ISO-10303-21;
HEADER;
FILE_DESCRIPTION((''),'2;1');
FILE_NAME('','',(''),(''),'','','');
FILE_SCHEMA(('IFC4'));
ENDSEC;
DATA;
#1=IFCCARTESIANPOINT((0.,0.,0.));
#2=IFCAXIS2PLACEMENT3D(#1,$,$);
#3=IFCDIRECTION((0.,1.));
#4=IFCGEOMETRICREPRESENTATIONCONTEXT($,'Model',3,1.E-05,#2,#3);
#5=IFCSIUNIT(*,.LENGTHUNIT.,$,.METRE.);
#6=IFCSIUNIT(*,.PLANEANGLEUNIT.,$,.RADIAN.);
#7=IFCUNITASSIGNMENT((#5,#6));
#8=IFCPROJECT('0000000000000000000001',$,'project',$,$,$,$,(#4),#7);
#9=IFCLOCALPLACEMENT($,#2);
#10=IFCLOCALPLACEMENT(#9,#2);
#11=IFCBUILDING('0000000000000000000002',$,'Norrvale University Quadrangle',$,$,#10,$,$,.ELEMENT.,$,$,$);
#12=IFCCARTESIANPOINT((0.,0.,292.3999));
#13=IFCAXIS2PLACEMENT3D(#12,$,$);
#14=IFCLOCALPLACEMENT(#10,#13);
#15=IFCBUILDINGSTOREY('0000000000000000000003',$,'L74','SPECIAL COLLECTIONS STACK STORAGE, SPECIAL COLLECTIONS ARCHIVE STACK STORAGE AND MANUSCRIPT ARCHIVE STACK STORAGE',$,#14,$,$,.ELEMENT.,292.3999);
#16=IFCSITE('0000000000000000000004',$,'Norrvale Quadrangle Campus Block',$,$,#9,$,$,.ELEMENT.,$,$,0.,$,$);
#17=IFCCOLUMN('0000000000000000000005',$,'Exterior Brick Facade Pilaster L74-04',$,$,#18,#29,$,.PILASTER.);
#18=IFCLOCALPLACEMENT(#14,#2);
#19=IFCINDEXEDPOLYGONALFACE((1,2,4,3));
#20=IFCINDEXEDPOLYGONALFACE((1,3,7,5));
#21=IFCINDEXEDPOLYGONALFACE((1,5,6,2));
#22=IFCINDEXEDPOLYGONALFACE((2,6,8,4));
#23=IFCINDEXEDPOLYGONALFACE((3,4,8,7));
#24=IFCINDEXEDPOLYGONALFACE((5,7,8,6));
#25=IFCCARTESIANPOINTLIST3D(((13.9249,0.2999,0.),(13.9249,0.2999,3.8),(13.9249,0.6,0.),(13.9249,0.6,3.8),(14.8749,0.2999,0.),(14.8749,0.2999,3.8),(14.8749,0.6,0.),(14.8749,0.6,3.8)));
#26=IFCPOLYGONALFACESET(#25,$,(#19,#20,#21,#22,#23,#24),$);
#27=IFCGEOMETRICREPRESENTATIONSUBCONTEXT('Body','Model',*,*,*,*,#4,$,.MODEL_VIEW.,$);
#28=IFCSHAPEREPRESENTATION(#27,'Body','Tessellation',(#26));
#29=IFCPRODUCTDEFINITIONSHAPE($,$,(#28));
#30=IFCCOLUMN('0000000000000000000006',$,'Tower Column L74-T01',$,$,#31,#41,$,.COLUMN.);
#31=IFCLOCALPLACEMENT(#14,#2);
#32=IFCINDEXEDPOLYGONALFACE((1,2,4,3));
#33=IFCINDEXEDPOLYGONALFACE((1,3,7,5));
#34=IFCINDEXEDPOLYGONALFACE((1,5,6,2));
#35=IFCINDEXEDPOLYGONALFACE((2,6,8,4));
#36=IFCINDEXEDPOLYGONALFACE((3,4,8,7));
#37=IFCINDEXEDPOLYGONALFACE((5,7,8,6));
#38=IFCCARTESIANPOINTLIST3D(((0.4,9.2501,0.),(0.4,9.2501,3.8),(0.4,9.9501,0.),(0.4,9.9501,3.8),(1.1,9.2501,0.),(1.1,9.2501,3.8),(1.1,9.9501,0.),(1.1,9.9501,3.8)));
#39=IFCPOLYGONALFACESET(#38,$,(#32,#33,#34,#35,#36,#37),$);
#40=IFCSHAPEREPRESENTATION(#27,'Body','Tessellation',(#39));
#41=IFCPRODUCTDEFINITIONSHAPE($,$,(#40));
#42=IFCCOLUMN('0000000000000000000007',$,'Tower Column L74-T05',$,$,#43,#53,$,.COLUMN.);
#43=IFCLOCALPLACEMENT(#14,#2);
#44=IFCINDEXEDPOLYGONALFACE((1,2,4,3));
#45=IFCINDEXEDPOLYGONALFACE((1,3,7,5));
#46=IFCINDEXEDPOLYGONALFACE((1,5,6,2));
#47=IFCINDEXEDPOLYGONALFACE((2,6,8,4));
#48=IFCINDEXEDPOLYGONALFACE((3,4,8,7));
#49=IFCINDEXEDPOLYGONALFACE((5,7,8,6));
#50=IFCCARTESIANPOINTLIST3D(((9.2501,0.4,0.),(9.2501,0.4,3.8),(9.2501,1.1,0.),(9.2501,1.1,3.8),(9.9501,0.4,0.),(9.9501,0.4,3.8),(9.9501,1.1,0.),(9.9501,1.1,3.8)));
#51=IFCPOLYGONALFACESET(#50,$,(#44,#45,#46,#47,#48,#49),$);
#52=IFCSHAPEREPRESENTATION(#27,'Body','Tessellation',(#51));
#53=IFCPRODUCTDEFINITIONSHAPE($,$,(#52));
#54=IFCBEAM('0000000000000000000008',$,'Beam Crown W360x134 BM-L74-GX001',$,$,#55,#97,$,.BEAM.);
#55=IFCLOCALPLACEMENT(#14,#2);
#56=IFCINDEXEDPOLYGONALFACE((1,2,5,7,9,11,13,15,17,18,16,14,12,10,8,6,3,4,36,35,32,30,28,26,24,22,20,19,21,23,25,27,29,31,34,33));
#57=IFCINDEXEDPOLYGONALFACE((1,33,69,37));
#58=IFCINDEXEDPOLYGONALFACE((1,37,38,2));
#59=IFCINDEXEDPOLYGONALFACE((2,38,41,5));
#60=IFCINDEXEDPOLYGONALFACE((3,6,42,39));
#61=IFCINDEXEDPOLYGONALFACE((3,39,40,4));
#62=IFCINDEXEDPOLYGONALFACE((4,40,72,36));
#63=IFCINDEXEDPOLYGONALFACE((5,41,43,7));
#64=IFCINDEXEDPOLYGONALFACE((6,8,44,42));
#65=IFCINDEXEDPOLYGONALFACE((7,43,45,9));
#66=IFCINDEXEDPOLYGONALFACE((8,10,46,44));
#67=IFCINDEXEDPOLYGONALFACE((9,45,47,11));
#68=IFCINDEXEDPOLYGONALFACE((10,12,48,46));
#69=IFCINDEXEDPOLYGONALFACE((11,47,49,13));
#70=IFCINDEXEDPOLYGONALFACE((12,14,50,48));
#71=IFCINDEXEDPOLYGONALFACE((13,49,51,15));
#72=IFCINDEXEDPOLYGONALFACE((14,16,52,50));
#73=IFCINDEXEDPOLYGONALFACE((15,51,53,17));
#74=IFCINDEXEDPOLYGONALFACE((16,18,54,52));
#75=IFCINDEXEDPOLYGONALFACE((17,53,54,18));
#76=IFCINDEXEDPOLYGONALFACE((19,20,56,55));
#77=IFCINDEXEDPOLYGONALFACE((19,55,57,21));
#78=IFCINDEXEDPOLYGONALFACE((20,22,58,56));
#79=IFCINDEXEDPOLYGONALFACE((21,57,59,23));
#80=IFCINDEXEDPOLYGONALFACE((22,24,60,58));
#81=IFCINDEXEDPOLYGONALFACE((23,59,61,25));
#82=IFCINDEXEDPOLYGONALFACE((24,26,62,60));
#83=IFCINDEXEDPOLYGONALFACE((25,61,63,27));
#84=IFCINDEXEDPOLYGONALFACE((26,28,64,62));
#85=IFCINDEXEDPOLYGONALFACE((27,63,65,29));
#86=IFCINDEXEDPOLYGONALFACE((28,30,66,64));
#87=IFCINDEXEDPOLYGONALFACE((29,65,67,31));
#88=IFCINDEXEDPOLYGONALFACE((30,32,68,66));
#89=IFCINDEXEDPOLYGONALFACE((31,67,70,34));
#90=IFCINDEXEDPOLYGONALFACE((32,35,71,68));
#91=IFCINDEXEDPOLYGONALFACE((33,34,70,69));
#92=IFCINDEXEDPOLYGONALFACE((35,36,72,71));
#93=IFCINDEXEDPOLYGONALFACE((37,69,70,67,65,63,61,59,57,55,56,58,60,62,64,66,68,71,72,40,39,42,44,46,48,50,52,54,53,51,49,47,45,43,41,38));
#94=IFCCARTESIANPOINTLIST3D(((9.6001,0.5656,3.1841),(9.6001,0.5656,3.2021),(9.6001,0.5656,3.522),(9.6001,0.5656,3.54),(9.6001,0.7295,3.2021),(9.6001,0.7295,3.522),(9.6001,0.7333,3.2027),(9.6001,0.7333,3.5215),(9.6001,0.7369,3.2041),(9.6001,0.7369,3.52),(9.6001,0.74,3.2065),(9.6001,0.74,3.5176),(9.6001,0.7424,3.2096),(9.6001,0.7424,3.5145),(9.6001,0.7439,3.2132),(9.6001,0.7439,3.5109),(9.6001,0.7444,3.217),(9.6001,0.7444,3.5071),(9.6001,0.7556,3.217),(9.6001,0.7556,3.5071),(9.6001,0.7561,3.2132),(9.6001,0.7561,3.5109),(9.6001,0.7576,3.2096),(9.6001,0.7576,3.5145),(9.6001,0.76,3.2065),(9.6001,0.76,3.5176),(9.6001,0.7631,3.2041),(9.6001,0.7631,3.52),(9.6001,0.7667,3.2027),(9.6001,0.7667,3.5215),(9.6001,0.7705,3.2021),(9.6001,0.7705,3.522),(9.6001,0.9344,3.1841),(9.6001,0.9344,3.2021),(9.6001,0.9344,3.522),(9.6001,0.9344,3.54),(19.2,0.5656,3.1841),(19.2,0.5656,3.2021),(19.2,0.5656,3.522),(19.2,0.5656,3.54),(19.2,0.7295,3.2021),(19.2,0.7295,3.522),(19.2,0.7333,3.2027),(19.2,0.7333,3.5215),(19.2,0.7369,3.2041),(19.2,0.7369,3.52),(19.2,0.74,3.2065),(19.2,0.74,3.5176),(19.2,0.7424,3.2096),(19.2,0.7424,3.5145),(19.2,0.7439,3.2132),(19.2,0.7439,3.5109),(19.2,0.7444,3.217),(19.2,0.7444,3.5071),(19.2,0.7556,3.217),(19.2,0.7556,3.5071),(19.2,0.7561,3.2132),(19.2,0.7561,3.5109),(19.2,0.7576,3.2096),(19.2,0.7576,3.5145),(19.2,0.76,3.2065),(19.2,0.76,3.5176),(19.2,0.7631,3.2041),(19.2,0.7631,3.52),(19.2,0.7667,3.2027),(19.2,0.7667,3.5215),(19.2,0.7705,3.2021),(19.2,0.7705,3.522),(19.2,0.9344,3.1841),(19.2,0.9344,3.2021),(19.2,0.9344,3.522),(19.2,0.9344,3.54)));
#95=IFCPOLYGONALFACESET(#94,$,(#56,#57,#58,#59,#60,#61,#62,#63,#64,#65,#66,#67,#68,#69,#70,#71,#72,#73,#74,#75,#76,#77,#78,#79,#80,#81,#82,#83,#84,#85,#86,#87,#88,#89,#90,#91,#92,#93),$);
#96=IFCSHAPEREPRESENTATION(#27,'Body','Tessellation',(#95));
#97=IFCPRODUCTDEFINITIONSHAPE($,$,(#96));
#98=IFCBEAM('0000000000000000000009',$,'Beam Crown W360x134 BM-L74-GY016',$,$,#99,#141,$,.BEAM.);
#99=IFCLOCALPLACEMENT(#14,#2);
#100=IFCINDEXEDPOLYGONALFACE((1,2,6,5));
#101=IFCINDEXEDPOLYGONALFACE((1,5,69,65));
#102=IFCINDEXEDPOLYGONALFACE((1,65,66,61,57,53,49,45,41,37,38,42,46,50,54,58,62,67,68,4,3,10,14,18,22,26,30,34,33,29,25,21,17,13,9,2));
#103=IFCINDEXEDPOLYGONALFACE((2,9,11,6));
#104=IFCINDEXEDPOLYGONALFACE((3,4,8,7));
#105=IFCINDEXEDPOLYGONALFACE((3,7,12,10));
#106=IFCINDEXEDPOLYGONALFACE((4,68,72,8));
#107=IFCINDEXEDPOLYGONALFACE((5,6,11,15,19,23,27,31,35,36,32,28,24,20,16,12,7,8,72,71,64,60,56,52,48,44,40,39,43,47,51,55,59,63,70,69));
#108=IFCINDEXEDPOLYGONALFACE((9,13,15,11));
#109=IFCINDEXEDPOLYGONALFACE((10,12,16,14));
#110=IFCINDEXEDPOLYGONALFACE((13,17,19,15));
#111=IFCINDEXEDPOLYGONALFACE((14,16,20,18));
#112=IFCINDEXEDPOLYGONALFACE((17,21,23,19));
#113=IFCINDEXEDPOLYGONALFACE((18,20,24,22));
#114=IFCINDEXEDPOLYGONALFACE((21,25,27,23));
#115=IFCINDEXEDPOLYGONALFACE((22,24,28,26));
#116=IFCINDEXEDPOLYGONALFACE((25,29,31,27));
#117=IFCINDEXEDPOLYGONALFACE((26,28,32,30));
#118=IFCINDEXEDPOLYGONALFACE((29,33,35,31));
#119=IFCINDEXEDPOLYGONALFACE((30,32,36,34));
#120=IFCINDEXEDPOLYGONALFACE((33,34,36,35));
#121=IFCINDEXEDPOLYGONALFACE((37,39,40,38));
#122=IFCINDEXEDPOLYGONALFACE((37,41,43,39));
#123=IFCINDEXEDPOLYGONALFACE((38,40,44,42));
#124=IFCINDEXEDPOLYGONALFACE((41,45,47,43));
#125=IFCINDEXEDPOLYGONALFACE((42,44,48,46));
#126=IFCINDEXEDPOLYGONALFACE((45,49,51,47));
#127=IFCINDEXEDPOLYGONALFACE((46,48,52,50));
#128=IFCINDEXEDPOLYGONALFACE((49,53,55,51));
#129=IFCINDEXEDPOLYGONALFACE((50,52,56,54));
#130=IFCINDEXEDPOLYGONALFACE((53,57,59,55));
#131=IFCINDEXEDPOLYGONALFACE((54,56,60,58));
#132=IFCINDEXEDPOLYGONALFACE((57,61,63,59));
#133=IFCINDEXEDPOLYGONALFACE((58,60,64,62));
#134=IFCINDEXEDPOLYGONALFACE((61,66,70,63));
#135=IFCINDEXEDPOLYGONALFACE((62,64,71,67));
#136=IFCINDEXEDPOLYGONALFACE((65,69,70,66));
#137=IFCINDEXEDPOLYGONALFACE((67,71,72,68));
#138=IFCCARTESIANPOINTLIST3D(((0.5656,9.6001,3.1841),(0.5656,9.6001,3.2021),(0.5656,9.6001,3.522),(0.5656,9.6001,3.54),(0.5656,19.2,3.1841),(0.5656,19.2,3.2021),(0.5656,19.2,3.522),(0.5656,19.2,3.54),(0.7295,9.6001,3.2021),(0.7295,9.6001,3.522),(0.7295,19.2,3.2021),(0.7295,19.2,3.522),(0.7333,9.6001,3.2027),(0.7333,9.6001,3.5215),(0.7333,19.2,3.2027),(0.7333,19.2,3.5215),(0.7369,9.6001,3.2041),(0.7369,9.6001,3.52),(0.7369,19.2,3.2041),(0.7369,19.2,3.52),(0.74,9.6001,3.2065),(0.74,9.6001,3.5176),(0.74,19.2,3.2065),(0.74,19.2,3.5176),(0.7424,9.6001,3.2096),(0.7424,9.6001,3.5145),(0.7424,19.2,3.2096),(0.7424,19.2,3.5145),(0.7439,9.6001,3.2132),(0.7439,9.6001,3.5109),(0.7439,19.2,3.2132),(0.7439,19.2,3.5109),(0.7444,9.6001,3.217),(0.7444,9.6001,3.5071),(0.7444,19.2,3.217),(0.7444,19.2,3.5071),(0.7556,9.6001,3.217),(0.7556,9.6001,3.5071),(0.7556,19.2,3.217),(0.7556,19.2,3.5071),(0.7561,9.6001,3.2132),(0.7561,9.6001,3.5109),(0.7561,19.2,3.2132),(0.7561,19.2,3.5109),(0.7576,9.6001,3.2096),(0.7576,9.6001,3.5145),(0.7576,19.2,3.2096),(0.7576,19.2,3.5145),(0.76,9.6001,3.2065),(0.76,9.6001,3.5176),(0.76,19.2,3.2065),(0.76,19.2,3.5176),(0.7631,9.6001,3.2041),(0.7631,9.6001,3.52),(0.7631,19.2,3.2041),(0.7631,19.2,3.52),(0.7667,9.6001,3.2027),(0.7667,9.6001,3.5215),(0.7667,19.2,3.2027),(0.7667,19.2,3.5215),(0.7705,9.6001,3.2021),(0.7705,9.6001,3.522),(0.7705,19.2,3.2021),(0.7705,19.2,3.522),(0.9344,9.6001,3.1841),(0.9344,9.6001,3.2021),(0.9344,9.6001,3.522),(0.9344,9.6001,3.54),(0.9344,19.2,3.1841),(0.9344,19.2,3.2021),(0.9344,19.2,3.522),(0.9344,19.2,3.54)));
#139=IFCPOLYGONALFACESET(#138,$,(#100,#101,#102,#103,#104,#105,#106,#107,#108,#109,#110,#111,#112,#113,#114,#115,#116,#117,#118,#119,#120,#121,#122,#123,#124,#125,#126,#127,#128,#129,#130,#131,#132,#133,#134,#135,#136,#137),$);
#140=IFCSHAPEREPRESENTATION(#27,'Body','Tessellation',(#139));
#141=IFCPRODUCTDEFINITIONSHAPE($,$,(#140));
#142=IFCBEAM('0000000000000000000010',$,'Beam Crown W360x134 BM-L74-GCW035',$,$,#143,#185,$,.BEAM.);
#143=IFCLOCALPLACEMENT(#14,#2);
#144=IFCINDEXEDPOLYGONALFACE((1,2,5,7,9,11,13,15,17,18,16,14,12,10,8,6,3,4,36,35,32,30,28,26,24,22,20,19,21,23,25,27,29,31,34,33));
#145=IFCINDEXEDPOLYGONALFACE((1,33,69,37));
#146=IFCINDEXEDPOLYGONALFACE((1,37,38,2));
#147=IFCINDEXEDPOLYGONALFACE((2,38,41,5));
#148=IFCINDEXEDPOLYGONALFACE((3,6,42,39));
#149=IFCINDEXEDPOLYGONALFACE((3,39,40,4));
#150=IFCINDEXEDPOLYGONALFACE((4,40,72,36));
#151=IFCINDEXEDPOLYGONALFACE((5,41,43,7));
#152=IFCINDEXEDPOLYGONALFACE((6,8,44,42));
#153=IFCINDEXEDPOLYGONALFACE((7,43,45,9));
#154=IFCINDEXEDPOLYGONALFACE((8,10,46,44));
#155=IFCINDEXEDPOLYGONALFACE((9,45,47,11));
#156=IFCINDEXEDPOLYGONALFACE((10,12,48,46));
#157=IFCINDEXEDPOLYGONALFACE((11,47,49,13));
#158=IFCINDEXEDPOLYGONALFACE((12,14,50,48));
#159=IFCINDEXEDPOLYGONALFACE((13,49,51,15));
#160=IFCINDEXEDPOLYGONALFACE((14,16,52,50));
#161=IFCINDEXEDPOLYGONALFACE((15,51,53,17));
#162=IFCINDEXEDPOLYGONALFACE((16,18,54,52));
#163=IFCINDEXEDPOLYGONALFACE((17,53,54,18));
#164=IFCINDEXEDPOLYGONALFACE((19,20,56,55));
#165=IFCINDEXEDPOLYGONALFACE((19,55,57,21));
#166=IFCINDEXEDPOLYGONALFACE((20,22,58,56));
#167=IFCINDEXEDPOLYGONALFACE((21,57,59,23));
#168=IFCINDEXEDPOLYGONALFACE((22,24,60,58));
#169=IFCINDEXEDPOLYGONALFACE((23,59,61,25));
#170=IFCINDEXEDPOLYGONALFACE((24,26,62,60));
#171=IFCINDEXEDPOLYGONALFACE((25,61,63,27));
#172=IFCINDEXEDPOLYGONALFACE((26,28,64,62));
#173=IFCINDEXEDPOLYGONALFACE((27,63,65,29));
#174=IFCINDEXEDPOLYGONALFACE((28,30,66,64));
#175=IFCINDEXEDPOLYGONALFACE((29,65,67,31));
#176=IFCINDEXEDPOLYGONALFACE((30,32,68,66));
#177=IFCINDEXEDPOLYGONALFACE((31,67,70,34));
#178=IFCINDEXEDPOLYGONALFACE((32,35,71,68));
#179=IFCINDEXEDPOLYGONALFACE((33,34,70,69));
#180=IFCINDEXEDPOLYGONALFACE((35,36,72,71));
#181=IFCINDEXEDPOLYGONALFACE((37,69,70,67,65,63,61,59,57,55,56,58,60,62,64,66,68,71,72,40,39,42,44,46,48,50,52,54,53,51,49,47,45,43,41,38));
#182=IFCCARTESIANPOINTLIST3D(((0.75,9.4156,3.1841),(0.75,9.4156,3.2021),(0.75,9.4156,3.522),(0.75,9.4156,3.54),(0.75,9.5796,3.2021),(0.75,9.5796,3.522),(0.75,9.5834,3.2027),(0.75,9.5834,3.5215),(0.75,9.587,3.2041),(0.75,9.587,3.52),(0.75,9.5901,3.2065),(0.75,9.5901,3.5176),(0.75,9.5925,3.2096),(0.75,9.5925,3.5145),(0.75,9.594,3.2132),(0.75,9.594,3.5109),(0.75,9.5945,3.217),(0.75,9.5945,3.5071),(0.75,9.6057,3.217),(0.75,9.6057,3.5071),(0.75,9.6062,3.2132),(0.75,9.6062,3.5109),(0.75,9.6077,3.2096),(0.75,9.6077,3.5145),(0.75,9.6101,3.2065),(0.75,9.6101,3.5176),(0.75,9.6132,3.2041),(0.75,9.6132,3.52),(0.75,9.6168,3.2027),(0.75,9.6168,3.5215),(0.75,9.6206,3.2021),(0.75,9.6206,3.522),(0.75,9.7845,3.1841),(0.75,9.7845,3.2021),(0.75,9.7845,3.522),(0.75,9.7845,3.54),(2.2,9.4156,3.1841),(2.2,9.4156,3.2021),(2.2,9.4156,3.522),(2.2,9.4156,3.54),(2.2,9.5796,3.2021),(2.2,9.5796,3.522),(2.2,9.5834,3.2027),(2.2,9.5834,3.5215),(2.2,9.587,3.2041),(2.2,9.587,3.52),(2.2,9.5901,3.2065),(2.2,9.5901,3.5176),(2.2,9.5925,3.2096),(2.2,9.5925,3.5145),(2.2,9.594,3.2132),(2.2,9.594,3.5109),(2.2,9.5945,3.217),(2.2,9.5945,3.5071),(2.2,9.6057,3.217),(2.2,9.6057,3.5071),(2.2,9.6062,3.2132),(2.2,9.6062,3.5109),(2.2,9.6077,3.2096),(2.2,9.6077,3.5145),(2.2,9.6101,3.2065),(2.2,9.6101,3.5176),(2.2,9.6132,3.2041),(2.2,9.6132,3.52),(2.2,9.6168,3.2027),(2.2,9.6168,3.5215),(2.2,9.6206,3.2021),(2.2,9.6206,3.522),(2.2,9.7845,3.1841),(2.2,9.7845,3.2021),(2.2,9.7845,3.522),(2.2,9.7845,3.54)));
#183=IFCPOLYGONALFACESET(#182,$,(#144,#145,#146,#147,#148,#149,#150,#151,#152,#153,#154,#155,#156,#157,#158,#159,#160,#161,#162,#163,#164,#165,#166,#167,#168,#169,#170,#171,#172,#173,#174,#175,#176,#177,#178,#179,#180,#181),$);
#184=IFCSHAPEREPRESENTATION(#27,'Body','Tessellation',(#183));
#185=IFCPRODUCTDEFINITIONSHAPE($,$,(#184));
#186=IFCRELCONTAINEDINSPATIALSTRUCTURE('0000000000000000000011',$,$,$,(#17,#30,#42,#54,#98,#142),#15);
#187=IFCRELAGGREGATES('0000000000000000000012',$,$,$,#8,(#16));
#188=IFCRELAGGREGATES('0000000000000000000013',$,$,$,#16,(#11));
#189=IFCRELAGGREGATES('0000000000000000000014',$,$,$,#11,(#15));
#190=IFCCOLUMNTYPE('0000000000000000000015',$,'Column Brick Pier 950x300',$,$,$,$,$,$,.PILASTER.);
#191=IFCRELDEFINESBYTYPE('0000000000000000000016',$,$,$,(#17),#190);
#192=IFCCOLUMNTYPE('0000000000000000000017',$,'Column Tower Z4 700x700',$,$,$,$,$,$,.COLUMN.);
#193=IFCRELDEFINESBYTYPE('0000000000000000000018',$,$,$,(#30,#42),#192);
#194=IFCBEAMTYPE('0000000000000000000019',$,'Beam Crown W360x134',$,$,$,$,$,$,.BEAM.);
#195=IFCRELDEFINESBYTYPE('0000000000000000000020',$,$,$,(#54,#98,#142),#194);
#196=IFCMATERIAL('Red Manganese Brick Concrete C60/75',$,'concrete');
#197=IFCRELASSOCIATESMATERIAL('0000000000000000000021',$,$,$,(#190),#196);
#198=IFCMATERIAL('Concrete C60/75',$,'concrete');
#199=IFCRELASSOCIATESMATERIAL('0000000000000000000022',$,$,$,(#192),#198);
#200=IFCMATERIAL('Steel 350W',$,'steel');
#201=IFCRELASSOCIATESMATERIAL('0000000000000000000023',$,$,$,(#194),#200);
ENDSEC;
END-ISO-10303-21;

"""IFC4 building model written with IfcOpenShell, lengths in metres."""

from ifc_helpers import new_model, si_unit, direction, frame, origin, origin_2d, place, context, subcontext, project, spatial, rectangle, i_section, extrude, material, material_profile, profile_set, type_object, element, save


model = new_model("IFC4")

# Units and contexts
model_context = context("Model", 3, precision=1e-05, world=origin(), true_north=direction((0.0, 1.0)))
body_context = subcontext(model_context, "Body", "Model", "MODEL_VIEW")
ifc_project = project(units=[si_unit("LENGTHUNIT", "METRE"), si_unit("PLANEANGLEUNIT", "RADIAN")], contexts=[model_context])

# Site, building, storey
site_placement = place(None, origin())
site = spatial("IfcSite", under=ifc_project, at=site_placement, Name="Norrvale Quadrangle Campus Block", CompositionType="ELEMENT", RefElevation=0.0)
building_placement = place(site_placement, origin())
building = spatial("IfcBuilding", under=site, at=building_placement, Name="Norrvale University Quadrangle", CompositionType="ELEMENT")
storey_placement = place(building_placement, frame((0.0, 0.0, 292.3999)))
storey = spatial("IfcBuildingStorey", under=building, at=storey_placement, Name="L74", Description="SPECIAL COLLECTIONS STACK STORAGE, SPECIAL COLLECTIONS ARCHIVE STACK STORAGE AND MANUSCRIPT ARCHIVE STACK STORAGE", CompositionType="ELEMENT", Elevation=292.3999)

# Columns
ifc_material_1 = material(Name="Red Manganese Brick Concrete C60/75", Category="concrete")
ifc_material_profile_1 = material_profile(ifc_material_1, rectangle(XDim=0.95, YDim=0.3, at=origin_2d()), Name="Red Manganese Brick Concrete C60/75")
ifc_profile_set_1 = profile_set([ifc_material_profile_1], Name="Red Manganese Brick Concrete C60/75")
column_type_1 = type_object("IfcColumnType", Name="Column Brick Pier 950x300", PredefinedType="PILASTER", material=ifc_profile_set_1)
column_placement = place(storey_placement, frame((14.3999, 0.45, 0.0), z_axis=(0.0, 0.0, 1.0), x_axis=(1.0, 0.0, 0.0)))
element("IfcColumn", 1, at=column_placement, inside=storey, type_object=column_type_1, Name="Exterior Brick Facade Pilaster L74-04", PredefinedType="PILASTER", context=body_context, shape_type="SweptSolid", body=[
    extrude(rectangle(XDim=0.95, YDim=0.3, at=origin_2d()), origin(), (0.0, 0.0, 1.0), 3.8),
])
ifc_material_2 = material(Name="Concrete C60/75", Category="concrete")
ifc_material_profile_2 = material_profile(ifc_material_2, rectangle(XDim=0.7, YDim=0.7, at=origin_2d()), Name="Concrete C60/75")
ifc_profile_set_2 = profile_set([ifc_material_profile_2], Name="Concrete C60/75")
column_type_2 = type_object("IfcColumnType", Name="Column Tower Z4 700x700", PredefinedType="COLUMN", material=ifc_profile_set_2)
for number, where, z_axis, x_axis, name in (
    (2, (0.75, 9.6001, 0.0), (0.0, 0.0, 1.0), (1.0, 0.0, 0.0), "Tower Column L74-T01"),
    (3, (9.6001, 0.75, 0.0), (0.0, 0.0, 1.0), (1.0, 0.0, 0.0), "Tower Column L74-T05"),
):
    element("IfcColumn", number, at=place(storey_placement, frame(where, z_axis=z_axis, x_axis=x_axis)), inside=storey, type_object=column_type_2, Name=name, PredefinedType="COLUMN", context=body_context, shape_type="SweptSolid", body=[
        extrude(rectangle(XDim=0.7, YDim=0.7, at=origin_2d()), origin(), (0.0, 0.0, 1.0), 3.8),
    ])

# Beams
ifc_material_3 = material(Name="Steel 350W", Category="steel")
ifc_material_profile_3 = material_profile(ifc_material_3, i_section(OverallWidth=0.3689, OverallDepth=0.356, WebThickness=0.0112, FlangeThickness=0.0181, FilletRadius=0.0149, at=origin_2d()), Name="Steel 350W")
ifc_profile_set_3 = profile_set([ifc_material_profile_3], Name="Steel 350W")
beam_type_1 = type_object("IfcBeamType", Name="Beam Crown W360x134", PredefinedType="BEAM", material=ifc_profile_set_3)
for number, where, z_axis, x_axis, name in (
    (4, (9.6001, 0.75, 3.3621), (1.0, 0.0, 0.0), (0.0, 1.0, 0.0), "Beam Crown W360x134 BM-L74-GX001"),
    (5, (0.75, 9.6001, 3.3621), (0.0, 1.0, 0.0), (-1.0, 0.0, 0.0), "Beam Crown W360x134 BM-L74-GY016"),
):
    element("IfcBeam", number, at=place(storey_placement, frame(where, z_axis=z_axis, x_axis=x_axis)), inside=storey, type_object=beam_type_1, Name=name, PredefinedType="BEAM", context=body_context, shape_type="SweptSolid", body=[
        extrude(i_section(OverallWidth=0.3689, OverallDepth=0.356, WebThickness=0.0112, FlangeThickness=0.0181, FilletRadius=0.0149, at=origin_2d()), origin(), (0.0, 0.0, 1.0), 9.5999),
    ])
beam_1_placement = place(storey_placement, frame((0.75, 9.6001, 3.3621), z_axis=(1.0, 0.0, 0.0), x_axis=(0.0, 1.0, 0.0)))
element("IfcBeam", 6, at=beam_1_placement, inside=storey, type_object=beam_type_1, Name="Beam Crown W360x134 BM-L74-GCW035", PredefinedType="BEAM", context=body_context, shape_type="SweptSolid", body=[
    extrude(i_section(OverallWidth=0.3689, OverallDepth=0.356, WebThickness=0.0112, FlangeThickness=0.0181, FilletRadius=0.0149, at=origin_2d()), origin(), (0.0, 0.0, 1.0), 1.45),
])

save(model, "model.ifc")
